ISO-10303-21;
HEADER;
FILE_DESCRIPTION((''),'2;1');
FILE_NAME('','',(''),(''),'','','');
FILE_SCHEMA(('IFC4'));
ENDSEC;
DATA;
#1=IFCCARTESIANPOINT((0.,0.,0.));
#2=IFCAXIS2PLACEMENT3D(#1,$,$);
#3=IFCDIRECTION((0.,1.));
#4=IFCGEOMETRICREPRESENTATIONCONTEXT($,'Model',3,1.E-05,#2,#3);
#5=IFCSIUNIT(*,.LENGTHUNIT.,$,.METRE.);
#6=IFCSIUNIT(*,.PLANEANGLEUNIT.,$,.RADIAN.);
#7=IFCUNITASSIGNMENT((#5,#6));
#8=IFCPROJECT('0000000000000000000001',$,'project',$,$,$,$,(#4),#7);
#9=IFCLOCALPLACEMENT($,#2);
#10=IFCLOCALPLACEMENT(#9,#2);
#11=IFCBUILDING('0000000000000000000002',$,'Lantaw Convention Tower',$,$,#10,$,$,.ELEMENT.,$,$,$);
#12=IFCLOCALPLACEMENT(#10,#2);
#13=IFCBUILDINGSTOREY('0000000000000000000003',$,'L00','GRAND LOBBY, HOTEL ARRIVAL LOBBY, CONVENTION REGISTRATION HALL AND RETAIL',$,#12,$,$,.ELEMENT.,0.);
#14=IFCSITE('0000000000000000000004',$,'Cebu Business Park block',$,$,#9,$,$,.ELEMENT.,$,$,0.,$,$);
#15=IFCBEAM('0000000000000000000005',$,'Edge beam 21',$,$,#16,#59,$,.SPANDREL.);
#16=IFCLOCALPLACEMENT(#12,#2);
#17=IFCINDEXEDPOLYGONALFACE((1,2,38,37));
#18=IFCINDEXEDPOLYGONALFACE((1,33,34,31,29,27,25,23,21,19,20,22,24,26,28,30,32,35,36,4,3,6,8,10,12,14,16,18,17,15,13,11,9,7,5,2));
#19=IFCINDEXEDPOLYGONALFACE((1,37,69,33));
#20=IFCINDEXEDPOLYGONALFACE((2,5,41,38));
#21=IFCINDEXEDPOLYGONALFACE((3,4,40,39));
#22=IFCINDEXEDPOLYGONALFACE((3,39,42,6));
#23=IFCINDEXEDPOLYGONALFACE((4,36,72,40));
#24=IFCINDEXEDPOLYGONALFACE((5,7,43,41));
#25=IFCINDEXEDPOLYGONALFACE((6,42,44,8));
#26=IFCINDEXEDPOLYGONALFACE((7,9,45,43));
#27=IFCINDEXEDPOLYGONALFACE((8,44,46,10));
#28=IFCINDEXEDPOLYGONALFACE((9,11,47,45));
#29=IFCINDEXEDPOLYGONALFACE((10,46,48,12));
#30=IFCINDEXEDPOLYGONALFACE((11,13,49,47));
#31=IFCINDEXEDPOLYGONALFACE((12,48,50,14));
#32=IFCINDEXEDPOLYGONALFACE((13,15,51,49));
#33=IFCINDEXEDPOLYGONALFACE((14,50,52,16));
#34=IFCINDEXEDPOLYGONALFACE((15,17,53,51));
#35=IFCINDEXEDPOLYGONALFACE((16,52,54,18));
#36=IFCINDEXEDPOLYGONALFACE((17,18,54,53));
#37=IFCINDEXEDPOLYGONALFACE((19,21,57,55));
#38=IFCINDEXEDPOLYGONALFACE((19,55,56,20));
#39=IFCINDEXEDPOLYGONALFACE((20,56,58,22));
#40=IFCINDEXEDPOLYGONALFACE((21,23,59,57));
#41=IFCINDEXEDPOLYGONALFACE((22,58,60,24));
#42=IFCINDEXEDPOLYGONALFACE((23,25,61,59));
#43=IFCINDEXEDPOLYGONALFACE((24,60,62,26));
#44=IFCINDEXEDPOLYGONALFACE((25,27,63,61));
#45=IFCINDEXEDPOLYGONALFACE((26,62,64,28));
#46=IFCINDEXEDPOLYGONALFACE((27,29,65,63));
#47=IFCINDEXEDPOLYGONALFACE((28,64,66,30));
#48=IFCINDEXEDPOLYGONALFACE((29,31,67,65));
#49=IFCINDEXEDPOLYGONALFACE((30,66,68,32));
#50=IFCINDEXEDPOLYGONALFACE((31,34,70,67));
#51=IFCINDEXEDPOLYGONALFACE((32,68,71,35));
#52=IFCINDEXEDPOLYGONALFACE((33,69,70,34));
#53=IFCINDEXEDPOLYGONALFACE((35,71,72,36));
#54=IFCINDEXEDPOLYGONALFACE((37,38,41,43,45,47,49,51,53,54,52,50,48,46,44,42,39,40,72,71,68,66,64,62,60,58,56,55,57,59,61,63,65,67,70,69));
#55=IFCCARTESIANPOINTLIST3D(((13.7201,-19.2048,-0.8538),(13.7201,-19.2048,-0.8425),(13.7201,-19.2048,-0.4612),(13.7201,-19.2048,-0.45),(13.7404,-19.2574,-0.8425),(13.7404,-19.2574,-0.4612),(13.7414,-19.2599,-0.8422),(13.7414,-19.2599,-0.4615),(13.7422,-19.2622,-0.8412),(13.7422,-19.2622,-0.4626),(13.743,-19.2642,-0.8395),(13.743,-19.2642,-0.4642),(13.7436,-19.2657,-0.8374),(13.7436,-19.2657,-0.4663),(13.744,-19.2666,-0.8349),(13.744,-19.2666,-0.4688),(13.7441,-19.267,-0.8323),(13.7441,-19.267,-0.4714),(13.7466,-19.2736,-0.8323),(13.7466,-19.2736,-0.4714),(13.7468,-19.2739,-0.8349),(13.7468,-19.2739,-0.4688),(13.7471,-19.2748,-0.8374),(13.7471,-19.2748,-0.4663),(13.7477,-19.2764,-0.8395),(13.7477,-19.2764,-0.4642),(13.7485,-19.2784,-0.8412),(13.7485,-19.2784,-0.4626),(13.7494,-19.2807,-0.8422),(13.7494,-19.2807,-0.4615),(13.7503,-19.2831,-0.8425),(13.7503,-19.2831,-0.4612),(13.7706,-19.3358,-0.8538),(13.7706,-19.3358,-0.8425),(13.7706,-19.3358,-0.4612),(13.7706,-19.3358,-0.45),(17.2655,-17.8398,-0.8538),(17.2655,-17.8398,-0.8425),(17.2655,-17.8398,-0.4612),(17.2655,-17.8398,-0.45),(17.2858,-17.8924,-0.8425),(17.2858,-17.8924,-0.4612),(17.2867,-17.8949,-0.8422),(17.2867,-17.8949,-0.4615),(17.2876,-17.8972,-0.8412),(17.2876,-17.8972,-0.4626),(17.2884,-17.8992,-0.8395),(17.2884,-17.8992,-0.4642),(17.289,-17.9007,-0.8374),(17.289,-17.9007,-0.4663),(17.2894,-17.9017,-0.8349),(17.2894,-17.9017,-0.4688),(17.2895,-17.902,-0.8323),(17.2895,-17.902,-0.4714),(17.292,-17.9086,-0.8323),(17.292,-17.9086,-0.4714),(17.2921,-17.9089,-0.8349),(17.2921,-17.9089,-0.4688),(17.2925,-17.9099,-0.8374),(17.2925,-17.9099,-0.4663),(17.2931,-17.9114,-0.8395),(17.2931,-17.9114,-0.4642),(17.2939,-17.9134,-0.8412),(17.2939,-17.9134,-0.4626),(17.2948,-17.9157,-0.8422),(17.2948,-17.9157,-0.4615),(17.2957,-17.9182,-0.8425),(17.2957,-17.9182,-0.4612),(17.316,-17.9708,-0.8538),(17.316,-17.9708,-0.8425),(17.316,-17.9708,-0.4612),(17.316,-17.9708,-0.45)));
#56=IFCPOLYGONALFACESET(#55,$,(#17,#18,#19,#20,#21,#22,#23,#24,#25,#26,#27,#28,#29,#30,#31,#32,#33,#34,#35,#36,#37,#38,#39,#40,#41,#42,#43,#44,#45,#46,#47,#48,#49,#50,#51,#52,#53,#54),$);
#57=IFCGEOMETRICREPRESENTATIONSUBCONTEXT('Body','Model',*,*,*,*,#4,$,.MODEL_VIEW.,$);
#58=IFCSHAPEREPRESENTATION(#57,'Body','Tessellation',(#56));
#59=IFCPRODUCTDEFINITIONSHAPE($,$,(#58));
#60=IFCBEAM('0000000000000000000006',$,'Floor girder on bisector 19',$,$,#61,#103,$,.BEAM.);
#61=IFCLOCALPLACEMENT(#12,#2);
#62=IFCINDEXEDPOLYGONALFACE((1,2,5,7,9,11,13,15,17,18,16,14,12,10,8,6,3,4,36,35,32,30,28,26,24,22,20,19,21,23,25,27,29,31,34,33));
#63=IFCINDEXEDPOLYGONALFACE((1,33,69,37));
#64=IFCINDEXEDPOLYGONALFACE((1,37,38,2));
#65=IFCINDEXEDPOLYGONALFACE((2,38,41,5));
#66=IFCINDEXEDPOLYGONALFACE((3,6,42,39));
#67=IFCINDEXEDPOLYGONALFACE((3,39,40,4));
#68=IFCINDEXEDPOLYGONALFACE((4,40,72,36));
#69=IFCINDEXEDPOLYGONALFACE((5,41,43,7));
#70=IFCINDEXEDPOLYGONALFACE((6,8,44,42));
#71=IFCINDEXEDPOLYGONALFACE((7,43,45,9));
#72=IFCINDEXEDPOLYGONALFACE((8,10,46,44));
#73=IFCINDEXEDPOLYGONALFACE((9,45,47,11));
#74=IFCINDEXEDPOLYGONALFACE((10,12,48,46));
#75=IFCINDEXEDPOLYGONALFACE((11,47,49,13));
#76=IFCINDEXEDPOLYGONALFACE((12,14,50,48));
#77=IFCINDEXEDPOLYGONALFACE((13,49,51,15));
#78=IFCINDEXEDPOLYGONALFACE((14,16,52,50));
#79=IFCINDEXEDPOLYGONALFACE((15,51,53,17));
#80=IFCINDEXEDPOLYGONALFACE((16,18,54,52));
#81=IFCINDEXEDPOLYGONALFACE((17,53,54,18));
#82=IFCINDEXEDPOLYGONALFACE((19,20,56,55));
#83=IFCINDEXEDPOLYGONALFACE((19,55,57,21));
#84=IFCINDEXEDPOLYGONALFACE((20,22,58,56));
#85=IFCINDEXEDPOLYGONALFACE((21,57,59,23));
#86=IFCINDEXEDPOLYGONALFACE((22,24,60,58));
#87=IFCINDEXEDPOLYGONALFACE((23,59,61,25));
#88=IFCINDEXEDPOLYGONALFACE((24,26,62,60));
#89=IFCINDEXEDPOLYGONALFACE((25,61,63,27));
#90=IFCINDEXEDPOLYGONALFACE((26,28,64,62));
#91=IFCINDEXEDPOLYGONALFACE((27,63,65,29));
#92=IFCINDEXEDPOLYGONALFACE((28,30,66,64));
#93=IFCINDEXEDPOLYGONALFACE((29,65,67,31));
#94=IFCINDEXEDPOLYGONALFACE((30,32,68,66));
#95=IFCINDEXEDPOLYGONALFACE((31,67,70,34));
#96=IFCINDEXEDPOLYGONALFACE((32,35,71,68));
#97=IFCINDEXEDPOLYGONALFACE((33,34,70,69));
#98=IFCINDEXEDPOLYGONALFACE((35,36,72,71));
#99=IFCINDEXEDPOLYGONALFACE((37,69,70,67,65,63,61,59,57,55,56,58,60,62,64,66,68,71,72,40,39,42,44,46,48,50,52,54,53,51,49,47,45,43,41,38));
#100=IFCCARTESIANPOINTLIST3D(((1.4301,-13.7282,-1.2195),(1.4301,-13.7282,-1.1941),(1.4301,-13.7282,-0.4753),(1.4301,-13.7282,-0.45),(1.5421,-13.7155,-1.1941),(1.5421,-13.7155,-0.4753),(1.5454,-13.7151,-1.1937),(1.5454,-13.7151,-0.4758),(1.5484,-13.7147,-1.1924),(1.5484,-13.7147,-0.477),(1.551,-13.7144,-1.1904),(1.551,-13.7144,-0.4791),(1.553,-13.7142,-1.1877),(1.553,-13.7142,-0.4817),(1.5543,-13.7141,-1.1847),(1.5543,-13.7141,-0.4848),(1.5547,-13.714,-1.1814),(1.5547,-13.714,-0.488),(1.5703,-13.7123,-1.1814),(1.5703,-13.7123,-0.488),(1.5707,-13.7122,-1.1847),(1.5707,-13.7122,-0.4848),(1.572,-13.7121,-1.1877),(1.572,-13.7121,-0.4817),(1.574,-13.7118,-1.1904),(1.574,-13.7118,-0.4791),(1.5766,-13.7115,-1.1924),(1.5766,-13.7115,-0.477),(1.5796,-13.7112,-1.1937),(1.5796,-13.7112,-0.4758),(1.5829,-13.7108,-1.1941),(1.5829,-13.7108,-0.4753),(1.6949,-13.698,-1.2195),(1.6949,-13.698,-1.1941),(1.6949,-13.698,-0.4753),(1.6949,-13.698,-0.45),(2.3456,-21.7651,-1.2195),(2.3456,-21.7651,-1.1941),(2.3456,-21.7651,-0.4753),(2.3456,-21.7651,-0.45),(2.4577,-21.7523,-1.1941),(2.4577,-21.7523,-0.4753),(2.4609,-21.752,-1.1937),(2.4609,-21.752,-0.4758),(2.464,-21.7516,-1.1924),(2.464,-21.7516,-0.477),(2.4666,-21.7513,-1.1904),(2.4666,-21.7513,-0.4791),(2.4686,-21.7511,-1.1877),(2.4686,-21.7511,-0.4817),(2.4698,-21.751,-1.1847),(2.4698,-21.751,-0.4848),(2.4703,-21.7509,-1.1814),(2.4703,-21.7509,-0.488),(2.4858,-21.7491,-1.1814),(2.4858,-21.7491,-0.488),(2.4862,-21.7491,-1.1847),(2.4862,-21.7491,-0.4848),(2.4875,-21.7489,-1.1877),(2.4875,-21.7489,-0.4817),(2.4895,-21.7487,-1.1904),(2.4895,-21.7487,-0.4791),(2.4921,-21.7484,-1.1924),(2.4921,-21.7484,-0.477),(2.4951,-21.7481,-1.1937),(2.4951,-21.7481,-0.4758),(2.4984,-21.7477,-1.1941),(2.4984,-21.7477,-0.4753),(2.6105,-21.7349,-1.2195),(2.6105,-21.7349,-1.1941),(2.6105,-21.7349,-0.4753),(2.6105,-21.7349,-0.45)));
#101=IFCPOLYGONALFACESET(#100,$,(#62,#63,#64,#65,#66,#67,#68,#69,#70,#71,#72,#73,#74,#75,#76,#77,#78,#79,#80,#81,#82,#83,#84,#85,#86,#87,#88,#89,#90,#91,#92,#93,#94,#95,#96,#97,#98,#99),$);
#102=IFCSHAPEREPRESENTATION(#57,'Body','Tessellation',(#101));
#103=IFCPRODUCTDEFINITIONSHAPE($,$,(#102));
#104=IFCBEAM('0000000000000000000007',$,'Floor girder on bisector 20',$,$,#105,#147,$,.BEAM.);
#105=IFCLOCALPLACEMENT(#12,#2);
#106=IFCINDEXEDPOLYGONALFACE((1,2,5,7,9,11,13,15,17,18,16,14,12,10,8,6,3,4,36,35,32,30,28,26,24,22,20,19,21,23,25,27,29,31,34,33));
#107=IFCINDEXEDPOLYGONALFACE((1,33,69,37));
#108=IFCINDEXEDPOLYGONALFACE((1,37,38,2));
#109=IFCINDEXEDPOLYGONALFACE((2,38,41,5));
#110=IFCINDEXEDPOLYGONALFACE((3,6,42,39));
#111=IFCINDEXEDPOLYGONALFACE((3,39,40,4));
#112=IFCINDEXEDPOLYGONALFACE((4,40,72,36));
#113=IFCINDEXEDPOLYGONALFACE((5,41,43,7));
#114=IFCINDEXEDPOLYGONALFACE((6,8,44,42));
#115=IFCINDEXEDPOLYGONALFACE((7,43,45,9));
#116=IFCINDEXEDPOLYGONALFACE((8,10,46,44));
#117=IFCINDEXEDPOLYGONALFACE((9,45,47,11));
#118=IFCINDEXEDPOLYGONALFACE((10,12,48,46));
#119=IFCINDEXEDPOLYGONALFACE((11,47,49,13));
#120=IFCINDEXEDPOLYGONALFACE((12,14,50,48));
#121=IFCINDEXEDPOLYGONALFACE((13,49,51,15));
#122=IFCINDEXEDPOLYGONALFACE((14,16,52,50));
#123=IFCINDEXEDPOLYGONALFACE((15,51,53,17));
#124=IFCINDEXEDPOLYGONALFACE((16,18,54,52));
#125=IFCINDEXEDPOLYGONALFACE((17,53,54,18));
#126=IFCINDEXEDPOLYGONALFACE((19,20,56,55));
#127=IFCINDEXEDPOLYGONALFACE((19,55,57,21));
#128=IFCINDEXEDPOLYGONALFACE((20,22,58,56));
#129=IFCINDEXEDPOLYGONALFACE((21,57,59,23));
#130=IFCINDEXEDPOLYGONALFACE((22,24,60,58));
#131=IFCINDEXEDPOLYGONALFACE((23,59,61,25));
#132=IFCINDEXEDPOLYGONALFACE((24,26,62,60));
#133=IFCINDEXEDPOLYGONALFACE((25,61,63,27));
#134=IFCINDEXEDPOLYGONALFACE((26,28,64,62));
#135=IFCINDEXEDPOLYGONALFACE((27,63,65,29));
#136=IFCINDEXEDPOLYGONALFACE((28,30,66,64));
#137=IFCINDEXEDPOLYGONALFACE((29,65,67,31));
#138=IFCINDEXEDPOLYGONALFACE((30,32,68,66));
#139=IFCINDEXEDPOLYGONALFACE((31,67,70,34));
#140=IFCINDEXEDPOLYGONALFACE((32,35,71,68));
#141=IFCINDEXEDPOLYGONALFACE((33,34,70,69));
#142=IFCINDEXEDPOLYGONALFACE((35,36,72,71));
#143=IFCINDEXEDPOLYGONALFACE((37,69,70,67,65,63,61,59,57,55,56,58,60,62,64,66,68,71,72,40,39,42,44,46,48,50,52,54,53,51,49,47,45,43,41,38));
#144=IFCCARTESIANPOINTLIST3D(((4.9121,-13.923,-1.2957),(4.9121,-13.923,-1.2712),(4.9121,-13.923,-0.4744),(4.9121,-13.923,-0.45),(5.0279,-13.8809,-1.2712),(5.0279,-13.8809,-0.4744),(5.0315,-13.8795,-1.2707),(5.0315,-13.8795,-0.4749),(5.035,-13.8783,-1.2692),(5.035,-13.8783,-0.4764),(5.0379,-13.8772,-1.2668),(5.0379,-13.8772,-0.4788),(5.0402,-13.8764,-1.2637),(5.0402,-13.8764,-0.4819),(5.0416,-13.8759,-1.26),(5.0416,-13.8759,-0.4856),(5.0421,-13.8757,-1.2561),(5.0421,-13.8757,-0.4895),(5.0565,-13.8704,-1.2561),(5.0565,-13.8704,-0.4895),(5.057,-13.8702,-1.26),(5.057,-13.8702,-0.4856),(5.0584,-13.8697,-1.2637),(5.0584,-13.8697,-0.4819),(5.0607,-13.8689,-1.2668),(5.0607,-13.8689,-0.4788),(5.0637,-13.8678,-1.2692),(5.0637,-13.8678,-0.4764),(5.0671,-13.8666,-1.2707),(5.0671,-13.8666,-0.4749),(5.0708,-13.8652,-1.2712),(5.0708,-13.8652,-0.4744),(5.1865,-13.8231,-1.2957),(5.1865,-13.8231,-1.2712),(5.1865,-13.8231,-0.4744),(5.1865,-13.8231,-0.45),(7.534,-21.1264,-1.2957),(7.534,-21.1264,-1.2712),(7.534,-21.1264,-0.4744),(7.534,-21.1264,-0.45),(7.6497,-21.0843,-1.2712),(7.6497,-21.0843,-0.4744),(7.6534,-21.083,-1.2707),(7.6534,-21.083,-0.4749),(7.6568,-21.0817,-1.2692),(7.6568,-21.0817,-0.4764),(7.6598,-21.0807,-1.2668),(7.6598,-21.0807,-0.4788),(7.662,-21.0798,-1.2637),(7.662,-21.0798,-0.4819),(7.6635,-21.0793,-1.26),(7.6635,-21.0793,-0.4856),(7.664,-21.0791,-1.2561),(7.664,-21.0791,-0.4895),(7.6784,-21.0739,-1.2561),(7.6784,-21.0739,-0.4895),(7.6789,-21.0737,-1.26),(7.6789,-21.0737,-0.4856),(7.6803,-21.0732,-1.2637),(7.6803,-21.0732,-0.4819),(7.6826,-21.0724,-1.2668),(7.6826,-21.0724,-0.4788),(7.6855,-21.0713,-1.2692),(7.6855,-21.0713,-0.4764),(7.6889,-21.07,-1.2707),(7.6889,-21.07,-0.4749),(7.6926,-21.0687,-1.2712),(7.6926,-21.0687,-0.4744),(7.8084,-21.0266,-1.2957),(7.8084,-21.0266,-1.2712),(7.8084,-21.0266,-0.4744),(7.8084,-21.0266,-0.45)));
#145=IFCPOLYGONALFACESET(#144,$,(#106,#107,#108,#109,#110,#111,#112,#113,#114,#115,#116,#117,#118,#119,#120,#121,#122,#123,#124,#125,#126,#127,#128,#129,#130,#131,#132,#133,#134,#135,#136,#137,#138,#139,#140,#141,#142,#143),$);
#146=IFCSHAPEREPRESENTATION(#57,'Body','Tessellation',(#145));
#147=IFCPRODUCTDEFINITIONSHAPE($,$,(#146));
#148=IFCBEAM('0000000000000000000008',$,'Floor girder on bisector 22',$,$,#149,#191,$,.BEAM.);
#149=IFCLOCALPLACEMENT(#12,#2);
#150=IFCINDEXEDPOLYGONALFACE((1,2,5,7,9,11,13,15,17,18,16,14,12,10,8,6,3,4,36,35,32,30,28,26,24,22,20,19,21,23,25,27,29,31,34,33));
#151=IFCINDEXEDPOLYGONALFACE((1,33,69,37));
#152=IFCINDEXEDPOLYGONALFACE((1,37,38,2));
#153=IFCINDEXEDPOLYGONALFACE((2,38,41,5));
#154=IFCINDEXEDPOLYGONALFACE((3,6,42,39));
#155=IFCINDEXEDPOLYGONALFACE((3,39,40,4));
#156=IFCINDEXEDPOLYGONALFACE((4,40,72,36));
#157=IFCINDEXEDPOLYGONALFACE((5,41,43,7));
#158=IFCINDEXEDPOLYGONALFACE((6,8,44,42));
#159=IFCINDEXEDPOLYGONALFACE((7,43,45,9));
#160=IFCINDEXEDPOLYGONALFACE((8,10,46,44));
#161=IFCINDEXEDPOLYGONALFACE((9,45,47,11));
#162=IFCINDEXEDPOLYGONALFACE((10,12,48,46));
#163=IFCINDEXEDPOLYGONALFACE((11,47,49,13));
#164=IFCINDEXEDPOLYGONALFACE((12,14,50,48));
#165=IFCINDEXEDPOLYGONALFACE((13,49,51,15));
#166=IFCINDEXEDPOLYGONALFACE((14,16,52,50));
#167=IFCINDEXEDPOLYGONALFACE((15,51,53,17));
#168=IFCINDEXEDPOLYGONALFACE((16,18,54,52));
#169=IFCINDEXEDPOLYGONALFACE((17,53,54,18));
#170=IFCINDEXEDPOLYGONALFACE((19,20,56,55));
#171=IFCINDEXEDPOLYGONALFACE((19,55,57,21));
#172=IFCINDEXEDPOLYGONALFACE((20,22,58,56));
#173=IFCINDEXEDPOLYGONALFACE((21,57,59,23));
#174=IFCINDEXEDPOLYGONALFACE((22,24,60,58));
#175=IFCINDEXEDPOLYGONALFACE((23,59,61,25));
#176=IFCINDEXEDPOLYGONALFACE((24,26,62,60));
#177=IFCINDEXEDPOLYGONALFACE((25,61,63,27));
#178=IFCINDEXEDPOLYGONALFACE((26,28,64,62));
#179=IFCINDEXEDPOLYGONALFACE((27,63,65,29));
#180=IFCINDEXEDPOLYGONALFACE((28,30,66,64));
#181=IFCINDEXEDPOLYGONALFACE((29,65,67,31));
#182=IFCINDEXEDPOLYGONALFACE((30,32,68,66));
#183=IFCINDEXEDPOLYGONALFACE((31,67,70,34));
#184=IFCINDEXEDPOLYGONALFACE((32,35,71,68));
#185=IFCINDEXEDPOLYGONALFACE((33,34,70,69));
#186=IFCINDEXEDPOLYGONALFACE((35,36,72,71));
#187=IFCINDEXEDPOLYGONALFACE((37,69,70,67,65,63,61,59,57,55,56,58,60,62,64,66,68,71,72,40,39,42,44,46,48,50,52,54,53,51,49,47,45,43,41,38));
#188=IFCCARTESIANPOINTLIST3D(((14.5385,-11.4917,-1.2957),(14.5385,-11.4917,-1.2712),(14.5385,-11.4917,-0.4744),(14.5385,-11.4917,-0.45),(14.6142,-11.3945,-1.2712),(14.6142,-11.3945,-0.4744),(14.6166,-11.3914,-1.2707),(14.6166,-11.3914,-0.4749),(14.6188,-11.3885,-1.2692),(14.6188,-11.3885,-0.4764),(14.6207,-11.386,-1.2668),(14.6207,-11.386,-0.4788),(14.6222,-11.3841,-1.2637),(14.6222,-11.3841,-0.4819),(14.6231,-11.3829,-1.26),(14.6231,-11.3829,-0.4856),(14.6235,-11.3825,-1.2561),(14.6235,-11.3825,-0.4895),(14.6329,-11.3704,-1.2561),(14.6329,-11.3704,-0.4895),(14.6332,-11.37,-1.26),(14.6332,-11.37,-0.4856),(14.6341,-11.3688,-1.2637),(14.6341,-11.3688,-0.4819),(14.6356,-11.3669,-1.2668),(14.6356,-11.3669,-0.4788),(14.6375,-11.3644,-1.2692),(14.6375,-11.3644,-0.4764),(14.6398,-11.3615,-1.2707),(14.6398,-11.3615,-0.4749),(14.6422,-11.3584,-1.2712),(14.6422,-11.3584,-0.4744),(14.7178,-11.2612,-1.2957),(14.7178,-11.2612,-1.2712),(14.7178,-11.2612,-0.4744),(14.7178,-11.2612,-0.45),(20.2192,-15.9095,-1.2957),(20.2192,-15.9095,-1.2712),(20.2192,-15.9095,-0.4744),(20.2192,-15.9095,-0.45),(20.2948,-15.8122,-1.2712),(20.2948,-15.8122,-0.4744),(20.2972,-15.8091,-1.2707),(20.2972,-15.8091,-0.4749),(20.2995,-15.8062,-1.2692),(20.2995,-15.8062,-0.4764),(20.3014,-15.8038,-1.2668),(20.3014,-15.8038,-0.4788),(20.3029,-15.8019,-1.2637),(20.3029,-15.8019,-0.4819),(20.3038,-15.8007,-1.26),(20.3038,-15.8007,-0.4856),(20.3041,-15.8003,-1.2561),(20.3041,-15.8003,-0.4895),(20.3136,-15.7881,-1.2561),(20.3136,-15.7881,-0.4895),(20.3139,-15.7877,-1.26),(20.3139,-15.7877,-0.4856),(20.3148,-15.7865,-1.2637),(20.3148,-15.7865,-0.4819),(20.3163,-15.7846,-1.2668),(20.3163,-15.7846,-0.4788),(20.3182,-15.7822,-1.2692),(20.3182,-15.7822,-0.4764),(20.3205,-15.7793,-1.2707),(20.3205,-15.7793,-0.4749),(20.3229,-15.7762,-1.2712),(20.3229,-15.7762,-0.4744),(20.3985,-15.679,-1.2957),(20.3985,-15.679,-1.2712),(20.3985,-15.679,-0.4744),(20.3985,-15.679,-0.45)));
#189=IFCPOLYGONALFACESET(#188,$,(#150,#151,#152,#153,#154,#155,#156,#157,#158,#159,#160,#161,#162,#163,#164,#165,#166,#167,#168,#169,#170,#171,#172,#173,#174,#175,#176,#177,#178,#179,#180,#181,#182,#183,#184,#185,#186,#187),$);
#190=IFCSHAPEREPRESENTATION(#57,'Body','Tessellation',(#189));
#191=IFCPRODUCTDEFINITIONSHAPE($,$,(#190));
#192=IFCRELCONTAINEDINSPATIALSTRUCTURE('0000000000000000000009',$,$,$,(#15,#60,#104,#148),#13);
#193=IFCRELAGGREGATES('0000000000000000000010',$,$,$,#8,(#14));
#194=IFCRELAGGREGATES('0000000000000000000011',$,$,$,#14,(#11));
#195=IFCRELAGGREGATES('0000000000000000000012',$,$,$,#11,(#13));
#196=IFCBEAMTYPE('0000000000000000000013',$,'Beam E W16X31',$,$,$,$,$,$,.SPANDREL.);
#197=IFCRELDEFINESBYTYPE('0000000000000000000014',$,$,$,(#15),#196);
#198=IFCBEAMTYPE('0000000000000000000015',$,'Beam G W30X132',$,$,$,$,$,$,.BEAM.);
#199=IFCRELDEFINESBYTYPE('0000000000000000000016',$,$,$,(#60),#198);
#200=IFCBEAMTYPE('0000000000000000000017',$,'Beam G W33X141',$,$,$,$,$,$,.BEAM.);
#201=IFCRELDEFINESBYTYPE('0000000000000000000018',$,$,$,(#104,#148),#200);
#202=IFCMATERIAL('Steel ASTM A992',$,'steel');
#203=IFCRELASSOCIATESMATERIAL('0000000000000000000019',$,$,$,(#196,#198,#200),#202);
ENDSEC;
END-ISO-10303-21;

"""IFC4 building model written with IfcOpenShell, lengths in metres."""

from ifc_helpers import new_model, si_unit, direction, frame, origin, origin_2d, place, context, subcontext, project, spatial, i_section, extrude, material, material_profile, profile_set, type_object, element, save


model = new_model("IFC4")

# Units and contexts
model_context = context("Model", 3, precision=1e-05, world=origin(), true_north=direction((0.0, 1.0)))
body_context = subcontext(model_context, "Body", "Model", "MODEL_VIEW")
ifc_project = project(units=[si_unit("LENGTHUNIT", "METRE"), si_unit("PLANEANGLEUNIT", "RADIAN")], contexts=[model_context])

# Site, building, storey
site_placement = place(None, origin())
site = spatial("IfcSite", under=ifc_project, at=site_placement, Name="Cebu Business Park block", CompositionType="ELEMENT", RefElevation=0.0)
building_placement = place(site_placement, origin())
building = spatial("IfcBuilding", under=site, at=building_placement, Name="Lantaw Convention Tower", CompositionType="ELEMENT")
storey_placement = place(building_placement, origin())
storey = spatial("IfcBuildingStorey", under=building, at=storey_placement, Name="L00", Description="GRAND LOBBY, HOTEL ARRIVAL LOBBY, CONVENTION REGISTRATION HALL AND RETAIL", CompositionType="ELEMENT", Elevation=0.0)

# Beams
ifc_material_1 = material(Name="Steel ASTM A992", Category="steel")
ifc_material_profile_1 = material_profile(ifc_material_1, i_section(OverallWidth=0.1404, OverallDepth=0.4038, WebThickness=0.0071, FlangeThickness=0.0112, FilletRadius=0.0103, at=origin_2d()), Name="W16X31")
ifc_profile_set_1 = profile_set([ifc_material_profile_1], Name="Steel ASTM A992")
beam_type_1 = type_object("IfcBeamType", Name="Beam E W16X31", PredefinedType="SPANDREL", material=ifc_profile_set_1)
beam_1_placement = place(storey_placement, frame((13.7454, -19.2703, -0.6519), z_axis=(0.933225, 0.359293, 0.0), x_axis=(-0.359293, 0.933225, 0.0)))
element("IfcBeam", 1, at=beam_1_placement, inside=storey, type_object=beam_type_1, Name="Edge beam 21", PredefinedType="SPANDREL", context=body_context, shape_type="SweptSolid", body=[
    extrude(i_section(OverallWidth=0.1404, OverallDepth=0.4038, WebThickness=0.0071, FlangeThickness=0.0112, FilletRadius=0.0103, at=origin_2d()), origin(), (0.0, 0.0, 1.0), 3.7991),
])
ifc_material_profile_2 = material_profile(ifc_material_1, i_section(OverallWidth=0.2666, OverallDepth=0.7695, WebThickness=0.0156, FlangeThickness=0.0254, FilletRadius=0.0127, at=origin_2d()), Name="W30X132")
ifc_profile_set_2 = profile_set([ifc_material_profile_2], Name="Steel ASTM A992")
beam_type_2 = type_object("IfcBeamType", Name="Beam G W30X132", PredefinedType="BEAM", material=ifc_profile_set_2)
beam_2_placement = place(storey_placement, frame((1.5625, -13.7131, -0.8347), z_axis=(0.113184, -0.993574, 0.0), x_axis=(0.993574, 0.113184, 0.0)))
element("IfcBeam", 2, at=beam_2_placement, inside=storey, type_object=beam_type_2, Name="Floor girder on bisector 19", PredefinedType="BEAM", context=body_context, shape_type="SweptSolid", body=[
    extrude(i_section(OverallWidth=0.2666, OverallDepth=0.7695, WebThickness=0.0156, FlangeThickness=0.0254, FilletRadius=0.0127, at=origin_2d()), origin(), (0.0, 0.0, 1.0), 8.0889),
])
ifc_material_profile_3 = material_profile(ifc_material_1, i_section(OverallWidth=0.292, OverallDepth=0.8457, WebThickness=0.0154, FlangeThickness=0.0244, FilletRadius=0.0151, at=origin_2d()), Name="W33X141")
ifc_profile_set_3 = profile_set([ifc_material_profile_3], Name="Steel ASTM A992")
beam_type_3 = type_object("IfcBeamType", Name="Beam G W33X141", PredefinedType="BEAM", material=ifc_profile_set_3)
beam_3_placement = place(storey_placement, frame((5.0493, -13.873, -0.8728), z_axis=(0.342022, -0.939692, 0.0), x_axis=(0.939692, 0.342022, 0.0)))
element("IfcBeam", 3, at=beam_3_placement, inside=storey, type_object=beam_type_3, Name="Floor girder on bisector 20", PredefinedType="BEAM", context=body_context, shape_type="SweptSolid", body=[
    extrude(i_section(OverallWidth=0.292, OverallDepth=0.8457, WebThickness=0.0154, FlangeThickness=0.0244, FilletRadius=0.0151, at=origin_2d()), origin(), (0.0, 0.0, 1.0), 7.6658),
])
beam_4_placement = place(storey_placement, frame((14.6282, -11.3765, -0.8728), z_axis=(0.789391, -0.613891, 0.0), x_axis=(0.613891, 0.789391, 0.0)))
element("IfcBeam", 4, at=beam_4_placement, inside=storey, type_object=beam_type_3, Name="Floor girder on bisector 22", PredefinedType="BEAM", context=body_context, shape_type="SweptSolid", body=[
    extrude(i_section(OverallWidth=0.292, OverallDepth=0.8457, WebThickness=0.0154, FlangeThickness=0.0244, FilletRadius=0.0151, at=origin_2d()), origin(), (0.0, 0.0, 1.0), 7.1963),
])

save(model, "model.ifc")
